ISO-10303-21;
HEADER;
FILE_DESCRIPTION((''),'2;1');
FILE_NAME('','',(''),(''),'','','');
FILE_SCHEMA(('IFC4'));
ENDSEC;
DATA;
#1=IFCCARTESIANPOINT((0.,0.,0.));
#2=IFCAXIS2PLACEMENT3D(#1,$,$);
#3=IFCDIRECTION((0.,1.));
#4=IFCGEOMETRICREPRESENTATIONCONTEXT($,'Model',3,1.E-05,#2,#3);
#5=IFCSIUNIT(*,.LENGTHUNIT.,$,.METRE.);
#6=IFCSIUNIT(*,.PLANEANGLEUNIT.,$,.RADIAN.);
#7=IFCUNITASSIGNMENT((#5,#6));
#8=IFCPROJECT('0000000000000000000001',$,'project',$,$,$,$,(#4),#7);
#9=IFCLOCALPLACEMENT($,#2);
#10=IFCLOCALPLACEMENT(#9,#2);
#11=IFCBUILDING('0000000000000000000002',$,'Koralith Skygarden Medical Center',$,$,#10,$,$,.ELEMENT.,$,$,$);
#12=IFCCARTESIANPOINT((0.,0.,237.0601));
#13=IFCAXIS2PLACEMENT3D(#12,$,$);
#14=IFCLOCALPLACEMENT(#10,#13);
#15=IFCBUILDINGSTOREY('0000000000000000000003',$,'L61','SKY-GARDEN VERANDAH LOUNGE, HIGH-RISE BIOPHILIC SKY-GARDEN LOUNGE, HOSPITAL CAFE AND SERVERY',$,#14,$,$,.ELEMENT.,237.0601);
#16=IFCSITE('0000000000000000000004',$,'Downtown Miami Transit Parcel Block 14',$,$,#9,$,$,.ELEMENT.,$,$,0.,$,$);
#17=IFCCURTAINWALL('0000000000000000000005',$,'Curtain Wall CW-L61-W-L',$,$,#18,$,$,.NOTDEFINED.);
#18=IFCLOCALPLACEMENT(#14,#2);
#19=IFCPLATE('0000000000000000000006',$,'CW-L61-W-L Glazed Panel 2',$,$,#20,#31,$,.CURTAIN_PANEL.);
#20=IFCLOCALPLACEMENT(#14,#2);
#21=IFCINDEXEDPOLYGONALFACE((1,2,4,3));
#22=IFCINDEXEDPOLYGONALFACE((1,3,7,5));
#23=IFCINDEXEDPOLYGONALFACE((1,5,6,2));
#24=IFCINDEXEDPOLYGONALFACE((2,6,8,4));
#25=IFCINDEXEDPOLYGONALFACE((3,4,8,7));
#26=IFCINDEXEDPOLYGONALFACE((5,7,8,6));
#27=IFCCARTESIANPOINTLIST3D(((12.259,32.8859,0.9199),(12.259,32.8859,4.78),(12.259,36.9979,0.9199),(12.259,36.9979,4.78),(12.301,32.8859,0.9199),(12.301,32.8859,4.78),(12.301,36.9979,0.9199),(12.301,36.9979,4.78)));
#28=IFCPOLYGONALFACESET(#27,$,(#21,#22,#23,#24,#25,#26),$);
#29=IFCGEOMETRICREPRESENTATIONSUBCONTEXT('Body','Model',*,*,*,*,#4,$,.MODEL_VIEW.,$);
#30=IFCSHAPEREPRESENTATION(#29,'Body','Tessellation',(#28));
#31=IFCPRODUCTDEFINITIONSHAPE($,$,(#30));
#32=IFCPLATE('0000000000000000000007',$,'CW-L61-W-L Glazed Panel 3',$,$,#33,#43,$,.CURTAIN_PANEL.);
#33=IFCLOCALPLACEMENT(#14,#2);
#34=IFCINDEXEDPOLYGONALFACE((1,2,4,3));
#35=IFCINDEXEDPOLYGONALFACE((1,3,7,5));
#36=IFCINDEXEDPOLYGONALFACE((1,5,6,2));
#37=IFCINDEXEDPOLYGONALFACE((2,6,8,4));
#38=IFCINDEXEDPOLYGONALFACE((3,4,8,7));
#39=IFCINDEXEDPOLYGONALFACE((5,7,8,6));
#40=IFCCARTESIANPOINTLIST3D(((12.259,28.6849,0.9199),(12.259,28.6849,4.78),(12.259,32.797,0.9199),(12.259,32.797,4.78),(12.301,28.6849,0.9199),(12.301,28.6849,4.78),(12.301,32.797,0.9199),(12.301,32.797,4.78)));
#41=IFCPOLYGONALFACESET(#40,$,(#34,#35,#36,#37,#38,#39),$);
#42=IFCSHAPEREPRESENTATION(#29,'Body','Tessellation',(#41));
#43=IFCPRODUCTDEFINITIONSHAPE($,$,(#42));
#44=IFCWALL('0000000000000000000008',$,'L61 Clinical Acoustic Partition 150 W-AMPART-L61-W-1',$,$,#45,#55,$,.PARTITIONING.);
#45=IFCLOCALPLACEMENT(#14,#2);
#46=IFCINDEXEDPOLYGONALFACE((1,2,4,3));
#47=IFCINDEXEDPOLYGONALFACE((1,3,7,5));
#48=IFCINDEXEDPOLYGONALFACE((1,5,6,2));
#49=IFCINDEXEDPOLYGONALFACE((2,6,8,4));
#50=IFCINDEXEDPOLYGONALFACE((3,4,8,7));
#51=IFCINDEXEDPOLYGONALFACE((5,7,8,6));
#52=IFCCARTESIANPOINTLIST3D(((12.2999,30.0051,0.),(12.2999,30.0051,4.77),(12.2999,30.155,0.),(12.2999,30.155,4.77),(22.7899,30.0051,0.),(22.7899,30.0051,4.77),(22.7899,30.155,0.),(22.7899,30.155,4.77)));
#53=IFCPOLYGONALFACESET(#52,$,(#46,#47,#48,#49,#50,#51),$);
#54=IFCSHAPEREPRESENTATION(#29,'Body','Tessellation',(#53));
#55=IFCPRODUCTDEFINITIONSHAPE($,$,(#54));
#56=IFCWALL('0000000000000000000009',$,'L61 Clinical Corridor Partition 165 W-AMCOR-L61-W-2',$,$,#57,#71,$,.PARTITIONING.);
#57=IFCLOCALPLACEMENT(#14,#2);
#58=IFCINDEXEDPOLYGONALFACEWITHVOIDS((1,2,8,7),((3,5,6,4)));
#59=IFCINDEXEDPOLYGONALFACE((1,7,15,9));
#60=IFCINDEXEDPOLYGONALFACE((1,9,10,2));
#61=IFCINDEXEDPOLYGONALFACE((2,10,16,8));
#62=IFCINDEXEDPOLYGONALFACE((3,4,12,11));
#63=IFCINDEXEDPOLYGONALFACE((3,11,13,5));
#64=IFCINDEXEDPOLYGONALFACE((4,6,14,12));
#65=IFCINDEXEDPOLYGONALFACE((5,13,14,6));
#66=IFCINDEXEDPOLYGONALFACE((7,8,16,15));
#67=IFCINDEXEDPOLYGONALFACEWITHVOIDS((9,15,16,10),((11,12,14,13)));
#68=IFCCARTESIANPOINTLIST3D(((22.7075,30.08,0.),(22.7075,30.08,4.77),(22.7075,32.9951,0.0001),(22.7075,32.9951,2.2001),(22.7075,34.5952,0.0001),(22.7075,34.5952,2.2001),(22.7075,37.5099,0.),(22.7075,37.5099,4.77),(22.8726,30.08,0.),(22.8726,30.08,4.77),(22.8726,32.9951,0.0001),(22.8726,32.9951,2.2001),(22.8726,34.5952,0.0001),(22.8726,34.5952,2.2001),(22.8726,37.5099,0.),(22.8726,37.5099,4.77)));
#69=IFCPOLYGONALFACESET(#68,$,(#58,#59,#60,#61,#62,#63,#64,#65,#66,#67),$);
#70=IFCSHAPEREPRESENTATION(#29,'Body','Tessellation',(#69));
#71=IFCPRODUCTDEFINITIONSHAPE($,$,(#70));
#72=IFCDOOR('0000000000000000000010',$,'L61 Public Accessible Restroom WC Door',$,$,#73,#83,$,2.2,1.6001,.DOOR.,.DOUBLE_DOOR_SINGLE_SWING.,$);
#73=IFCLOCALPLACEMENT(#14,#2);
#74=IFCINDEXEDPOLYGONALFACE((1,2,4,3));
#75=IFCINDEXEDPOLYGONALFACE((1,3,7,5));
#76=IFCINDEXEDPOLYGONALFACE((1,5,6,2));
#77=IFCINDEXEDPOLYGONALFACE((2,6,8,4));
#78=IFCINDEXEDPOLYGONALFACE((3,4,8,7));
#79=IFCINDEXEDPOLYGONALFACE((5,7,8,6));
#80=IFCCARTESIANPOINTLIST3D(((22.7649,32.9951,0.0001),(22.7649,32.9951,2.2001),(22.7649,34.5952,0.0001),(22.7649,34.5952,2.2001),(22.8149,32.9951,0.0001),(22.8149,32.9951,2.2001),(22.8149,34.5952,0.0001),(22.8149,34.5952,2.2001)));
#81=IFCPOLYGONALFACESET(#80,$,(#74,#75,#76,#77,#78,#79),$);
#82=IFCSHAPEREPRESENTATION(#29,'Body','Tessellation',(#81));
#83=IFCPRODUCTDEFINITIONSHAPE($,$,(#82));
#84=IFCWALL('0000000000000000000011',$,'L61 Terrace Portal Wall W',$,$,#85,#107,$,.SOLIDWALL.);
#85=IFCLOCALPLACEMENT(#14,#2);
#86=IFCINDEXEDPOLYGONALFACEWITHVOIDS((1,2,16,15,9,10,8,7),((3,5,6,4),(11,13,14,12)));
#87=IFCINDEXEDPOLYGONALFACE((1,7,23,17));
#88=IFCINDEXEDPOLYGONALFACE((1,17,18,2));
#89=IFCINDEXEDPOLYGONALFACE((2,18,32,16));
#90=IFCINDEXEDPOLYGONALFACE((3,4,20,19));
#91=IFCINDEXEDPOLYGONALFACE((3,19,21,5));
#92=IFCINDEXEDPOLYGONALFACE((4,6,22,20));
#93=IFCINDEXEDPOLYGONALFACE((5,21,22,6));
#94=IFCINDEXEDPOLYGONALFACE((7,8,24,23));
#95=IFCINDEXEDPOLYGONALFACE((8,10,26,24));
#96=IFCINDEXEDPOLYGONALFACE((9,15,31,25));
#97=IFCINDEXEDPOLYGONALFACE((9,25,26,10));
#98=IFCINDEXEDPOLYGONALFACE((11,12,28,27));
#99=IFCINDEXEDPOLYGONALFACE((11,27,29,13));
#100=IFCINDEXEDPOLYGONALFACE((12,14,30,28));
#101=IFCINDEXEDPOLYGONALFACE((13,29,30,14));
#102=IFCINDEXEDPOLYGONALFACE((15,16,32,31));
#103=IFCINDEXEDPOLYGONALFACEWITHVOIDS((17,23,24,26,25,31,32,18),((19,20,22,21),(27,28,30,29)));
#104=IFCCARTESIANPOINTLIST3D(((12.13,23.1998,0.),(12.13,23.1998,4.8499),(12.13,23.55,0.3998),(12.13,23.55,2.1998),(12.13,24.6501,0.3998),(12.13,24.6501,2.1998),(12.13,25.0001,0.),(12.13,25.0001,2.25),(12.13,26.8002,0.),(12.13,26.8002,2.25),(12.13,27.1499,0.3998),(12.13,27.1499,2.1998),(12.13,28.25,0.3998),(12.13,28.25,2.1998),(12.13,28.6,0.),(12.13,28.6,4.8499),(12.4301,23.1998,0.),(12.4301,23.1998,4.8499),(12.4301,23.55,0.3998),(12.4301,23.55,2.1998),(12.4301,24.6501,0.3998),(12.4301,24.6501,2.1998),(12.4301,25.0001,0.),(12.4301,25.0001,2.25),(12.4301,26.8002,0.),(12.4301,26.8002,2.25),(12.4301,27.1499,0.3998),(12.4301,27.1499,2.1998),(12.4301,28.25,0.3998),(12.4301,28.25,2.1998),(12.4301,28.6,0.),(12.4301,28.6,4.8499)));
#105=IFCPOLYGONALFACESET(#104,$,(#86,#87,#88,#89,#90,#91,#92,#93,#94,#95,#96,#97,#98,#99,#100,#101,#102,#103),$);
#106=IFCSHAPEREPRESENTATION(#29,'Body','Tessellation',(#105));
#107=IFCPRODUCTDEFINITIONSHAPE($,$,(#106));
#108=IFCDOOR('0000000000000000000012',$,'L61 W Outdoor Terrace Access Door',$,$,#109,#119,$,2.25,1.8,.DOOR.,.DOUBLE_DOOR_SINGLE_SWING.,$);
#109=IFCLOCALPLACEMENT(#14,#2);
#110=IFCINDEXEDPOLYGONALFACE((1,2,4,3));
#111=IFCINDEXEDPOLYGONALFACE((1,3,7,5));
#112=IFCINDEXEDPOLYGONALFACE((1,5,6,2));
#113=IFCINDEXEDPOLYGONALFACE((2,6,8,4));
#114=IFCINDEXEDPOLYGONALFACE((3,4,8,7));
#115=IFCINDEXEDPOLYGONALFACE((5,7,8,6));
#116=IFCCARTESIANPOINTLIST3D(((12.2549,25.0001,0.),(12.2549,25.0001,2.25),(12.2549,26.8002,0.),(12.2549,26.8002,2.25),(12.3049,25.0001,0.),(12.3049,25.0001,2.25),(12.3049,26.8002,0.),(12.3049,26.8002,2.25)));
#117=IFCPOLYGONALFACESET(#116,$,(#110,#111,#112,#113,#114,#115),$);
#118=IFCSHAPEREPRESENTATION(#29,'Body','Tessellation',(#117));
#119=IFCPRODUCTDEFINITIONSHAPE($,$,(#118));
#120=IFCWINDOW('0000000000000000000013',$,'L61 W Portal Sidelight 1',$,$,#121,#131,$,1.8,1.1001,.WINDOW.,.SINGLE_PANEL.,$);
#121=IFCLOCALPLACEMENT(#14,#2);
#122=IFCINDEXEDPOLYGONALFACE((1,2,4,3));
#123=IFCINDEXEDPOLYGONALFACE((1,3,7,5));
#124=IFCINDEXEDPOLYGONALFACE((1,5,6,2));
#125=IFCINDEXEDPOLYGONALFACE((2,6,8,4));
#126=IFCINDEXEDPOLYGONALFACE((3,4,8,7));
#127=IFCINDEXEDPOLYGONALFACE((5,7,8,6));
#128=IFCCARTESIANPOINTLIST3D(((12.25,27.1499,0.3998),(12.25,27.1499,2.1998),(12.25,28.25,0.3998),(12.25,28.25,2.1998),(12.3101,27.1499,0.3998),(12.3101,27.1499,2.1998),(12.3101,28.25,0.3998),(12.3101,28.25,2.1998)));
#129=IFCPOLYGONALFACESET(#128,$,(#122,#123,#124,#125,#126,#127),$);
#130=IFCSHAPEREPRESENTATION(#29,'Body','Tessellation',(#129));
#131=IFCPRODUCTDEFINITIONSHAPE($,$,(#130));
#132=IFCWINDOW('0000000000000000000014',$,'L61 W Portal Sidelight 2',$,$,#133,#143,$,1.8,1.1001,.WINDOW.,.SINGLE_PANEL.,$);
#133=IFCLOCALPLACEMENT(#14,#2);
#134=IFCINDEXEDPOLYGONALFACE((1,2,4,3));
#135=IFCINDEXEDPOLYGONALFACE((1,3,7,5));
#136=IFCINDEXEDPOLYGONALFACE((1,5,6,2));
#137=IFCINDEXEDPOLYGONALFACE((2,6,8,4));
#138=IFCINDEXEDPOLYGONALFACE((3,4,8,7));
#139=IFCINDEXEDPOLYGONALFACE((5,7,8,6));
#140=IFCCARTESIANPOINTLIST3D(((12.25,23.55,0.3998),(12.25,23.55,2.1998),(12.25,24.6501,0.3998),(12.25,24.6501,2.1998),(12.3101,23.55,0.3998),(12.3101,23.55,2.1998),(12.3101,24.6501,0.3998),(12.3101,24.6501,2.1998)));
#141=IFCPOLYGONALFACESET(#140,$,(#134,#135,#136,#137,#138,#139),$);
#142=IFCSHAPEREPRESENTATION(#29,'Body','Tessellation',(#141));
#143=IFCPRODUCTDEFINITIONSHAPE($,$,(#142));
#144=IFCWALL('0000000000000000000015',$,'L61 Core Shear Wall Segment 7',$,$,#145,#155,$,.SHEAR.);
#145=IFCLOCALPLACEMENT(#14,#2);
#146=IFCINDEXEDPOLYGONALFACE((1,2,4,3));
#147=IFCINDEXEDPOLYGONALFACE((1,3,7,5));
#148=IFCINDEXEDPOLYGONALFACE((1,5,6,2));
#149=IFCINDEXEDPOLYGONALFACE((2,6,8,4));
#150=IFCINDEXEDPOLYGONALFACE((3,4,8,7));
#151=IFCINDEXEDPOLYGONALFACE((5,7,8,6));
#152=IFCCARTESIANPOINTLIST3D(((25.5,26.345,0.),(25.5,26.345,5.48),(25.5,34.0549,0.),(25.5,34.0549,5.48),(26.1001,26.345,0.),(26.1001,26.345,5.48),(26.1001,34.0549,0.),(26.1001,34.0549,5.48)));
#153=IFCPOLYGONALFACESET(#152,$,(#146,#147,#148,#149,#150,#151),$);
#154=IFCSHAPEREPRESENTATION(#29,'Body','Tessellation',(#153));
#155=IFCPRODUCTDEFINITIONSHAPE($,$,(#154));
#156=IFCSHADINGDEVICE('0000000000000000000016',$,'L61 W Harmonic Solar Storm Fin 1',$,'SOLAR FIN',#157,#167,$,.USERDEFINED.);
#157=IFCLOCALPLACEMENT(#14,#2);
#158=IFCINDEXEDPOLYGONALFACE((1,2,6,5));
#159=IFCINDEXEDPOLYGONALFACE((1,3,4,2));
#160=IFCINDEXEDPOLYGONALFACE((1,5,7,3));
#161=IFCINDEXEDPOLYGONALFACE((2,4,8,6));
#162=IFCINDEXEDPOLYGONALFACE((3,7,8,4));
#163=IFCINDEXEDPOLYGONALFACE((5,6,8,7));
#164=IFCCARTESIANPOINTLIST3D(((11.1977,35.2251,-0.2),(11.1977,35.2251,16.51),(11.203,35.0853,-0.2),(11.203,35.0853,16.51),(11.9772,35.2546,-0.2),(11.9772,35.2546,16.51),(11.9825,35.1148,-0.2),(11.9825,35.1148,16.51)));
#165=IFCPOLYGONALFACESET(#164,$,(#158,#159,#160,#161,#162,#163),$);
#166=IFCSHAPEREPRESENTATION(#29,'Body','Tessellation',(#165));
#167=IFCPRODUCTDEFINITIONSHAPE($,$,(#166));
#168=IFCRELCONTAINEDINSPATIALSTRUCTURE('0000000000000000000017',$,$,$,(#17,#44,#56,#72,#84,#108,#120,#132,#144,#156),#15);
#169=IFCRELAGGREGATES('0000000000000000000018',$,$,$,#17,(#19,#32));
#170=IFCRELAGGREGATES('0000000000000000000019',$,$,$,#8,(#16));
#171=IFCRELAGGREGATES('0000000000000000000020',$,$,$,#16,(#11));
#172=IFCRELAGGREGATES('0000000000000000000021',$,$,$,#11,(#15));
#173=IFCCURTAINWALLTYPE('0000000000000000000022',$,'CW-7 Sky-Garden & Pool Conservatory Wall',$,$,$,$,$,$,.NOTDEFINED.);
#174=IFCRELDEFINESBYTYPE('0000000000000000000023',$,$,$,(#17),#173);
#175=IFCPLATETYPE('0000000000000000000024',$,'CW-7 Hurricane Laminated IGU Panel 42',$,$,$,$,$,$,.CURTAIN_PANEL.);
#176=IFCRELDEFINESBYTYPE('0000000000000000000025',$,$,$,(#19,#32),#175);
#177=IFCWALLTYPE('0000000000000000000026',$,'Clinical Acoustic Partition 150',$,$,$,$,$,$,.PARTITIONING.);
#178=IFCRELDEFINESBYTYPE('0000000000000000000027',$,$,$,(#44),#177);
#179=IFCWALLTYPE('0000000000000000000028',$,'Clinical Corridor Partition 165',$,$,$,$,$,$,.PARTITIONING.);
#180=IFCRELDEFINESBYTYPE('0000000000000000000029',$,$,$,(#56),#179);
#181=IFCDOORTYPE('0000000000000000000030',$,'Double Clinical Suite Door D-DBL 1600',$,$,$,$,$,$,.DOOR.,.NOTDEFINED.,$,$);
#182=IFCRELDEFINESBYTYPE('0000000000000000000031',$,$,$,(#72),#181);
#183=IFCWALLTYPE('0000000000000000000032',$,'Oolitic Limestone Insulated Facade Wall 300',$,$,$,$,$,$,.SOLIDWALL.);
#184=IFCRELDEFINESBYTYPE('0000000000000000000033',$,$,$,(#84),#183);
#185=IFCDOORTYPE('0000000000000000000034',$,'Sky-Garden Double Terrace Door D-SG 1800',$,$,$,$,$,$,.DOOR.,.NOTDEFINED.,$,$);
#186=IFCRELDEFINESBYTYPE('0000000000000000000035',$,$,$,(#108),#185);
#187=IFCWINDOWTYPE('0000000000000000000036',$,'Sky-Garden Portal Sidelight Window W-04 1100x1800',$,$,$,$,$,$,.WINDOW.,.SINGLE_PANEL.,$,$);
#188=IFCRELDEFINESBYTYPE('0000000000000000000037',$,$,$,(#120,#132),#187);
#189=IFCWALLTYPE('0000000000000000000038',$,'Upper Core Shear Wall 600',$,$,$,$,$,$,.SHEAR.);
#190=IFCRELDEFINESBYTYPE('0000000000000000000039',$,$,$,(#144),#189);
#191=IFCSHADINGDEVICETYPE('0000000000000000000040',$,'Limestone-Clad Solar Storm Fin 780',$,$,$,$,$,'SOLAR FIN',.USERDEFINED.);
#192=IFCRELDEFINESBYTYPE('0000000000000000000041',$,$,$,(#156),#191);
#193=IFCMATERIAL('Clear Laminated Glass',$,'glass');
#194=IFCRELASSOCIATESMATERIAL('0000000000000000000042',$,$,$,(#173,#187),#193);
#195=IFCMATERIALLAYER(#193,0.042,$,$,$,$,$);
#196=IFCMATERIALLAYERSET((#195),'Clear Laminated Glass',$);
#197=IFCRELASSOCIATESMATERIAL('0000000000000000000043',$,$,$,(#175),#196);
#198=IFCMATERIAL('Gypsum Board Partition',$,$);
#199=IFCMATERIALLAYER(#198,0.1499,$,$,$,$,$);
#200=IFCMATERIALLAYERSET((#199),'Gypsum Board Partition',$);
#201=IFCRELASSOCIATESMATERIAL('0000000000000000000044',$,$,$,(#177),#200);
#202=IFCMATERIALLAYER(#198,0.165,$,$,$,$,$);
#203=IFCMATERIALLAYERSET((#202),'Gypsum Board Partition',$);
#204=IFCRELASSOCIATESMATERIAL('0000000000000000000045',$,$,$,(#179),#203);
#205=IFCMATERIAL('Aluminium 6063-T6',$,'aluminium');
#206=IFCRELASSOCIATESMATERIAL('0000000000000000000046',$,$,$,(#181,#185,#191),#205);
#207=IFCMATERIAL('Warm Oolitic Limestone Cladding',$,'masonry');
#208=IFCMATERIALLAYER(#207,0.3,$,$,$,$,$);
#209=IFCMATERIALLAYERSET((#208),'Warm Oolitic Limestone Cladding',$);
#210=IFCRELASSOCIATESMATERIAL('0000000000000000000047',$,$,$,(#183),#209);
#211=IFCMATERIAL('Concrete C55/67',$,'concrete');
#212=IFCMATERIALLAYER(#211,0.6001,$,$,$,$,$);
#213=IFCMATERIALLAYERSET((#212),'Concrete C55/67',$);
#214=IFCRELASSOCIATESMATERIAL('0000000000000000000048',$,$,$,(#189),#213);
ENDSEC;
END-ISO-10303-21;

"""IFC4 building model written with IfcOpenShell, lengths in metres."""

from ifc_helpers import new_model, si_unit, direction, frame, frame_2d, origin, origin_2d, place, context, subcontext, project, spatial, rectangle, extrude, material, layer, layer_set, type_object, element, fill, aggregate, save


model = new_model("IFC4")

# Units and contexts
model_context = context("Model", 3, precision=1e-05, world=origin(), true_north=direction((0.0, 1.0)))
body_context = subcontext(model_context, "Body", "Model", "MODEL_VIEW")
ifc_project = project(units=[si_unit("LENGTHUNIT", "METRE"), si_unit("PLANEANGLEUNIT", "RADIAN")], contexts=[model_context])

# Site, building, storey
site_placement = place(None, origin())
site = spatial("IfcSite", under=ifc_project, at=site_placement, Name="Downtown Miami Transit Parcel Block 14", CompositionType="ELEMENT", RefElevation=0.0)
building_placement = place(site_placement, origin())
building = spatial("IfcBuilding", under=site, at=building_placement, Name="Koralith Skygarden Medical Center", CompositionType="ELEMENT")
storey_placement = place(building_placement, frame((0.0, 0.0, 237.0601)))
storey = spatial("IfcBuildingStorey", under=building, at=storey_placement, Name="L61", Description="SKY-GARDEN VERANDAH LOUNGE, HIGH-RISE BIOPHILIC SKY-GARDEN LOUNGE, HOSPITAL CAFE AND SERVERY", CompositionType="ELEMENT", Elevation=237.0601)

# Shared definitions
ifc_material_1 = material(Name="Concrete C55/67", Category="concrete")

# Curtain wall
ifc_material_2 = material(Name="Clear Laminated Glass", Category="glass")
curtain_wall_type = type_object("IfcCurtainWallType", Name="CW-7 Sky-Garden & Pool Conservatory Wall", PredefinedType="NOTDEFINED", material=ifc_material_2)
curtain_wall_placement = place(storey_placement, origin())
curtain_wall = element("IfcCurtainWall", 1, at=curtain_wall_placement, inside=storey, type_object=curtain_wall_type, Name="Curtain Wall CW-L61-W-L", PredefinedType="NOTDEFINED")
ifc_material_3 = material(Name="Aluminium 6063-T6", Category="aluminium")

# Plates
ifc_layer_1 = layer(ifc_material_2, 0.042)
ifc_layer_set_1 = layer_set([ifc_layer_1], Name="Clear Laminated Glass")
plate_type = type_object("IfcPlateType", Name="CW-7 Hurricane Laminated IGU Panel 42", PredefinedType="CURTAIN_PANEL", material=ifc_layer_set_1)
plate_1_placement = place(storey_placement, frame((12.28, 34.9419, 0.9199), z_axis=(0.0, 0.0, 1.0), x_axis=(0.0, -1.0, 0.0)))
plate_1 = element("IfcPlate", 2, at=plate_1_placement, type_object=plate_type, Name="CW-L61-W-L Glazed Panel 2", PredefinedType="CURTAIN_PANEL", context=body_context, shape_type="SweptSolid", body=[
    extrude(rectangle(XDim=4.1121, YDim=0.042, at=origin_2d()), origin(), (0.0, 0.0, 1.0), 3.8601),
])
plate_2_placement = place(storey_placement, frame((12.28, 30.741, 0.9199), z_axis=(0.0, 0.0, 1.0), x_axis=(0.0, -1.0, 0.0)))
plate_2 = element("IfcPlate", 3, at=plate_2_placement, type_object=plate_type, Name="CW-L61-W-L Glazed Panel 3", PredefinedType="CURTAIN_PANEL", context=body_context, shape_type="SweptSolid", body=[
    extrude(rectangle(XDim=4.1121, YDim=0.042, at=origin_2d()), origin(), (0.0, 0.0, 1.0), 3.8601),
])
aggregate(curtain_wall, [plate_1, plate_2])

# Wall
ifc_material_4 = material(Name="Gypsum Board Partition")
ifc_layer_2 = layer(ifc_material_4, 0.1499)
ifc_layer_set_2 = layer_set([ifc_layer_2], Name="Gypsum Board Partition")
wall_type_1 = type_object("IfcWallType", Name="Clinical Acoustic Partition 150", PredefinedType="PARTITIONING", material=ifc_layer_set_2)
wall_1_placement = place(storey_placement, frame((22.79, 30.0801, 0.0), z_axis=(0.0, 0.0, 1.0), x_axis=(-1.0, 0.0, 0.0)))
element("IfcWall", 4, at=wall_1_placement, inside=storey, type_object=wall_type_1, Name="L61 Clinical Acoustic Partition 150 W-AMPART-L61-W-1", PredefinedType="PARTITIONING", context=body_context, shape_type="SweptSolid", body=[
    extrude(rectangle(XDim=10.49, YDim=0.1499, at=frame_2d((5.2451, 0.0))), origin(), (0.0, 0.0, 1.0), 4.77),
])

# Wall, opening, door
ifc_layer_3 = layer(ifc_material_4, 0.165)
ifc_layer_set_3 = layer_set([ifc_layer_3], Name="Gypsum Board Partition")
wall_type_2 = type_object("IfcWallType", Name="Clinical Corridor Partition 165", PredefinedType="PARTITIONING", material=ifc_layer_set_3)
wall_2_placement = place(storey_placement, frame((22.79, 30.0801, 0.0), z_axis=(0.0, 0.0, 1.0), x_axis=(0.0, 1.0, 0.0)))
wall_2 = element("IfcWall", 5, at=wall_2_placement, inside=storey, type_object=wall_type_2, Name="L61 Clinical Corridor Partition 165 W-AMCOR-L61-W-2", PredefinedType="PARTITIONING", context=body_context, shape_type="SweptSolid", body=[
    extrude(rectangle(XDim=7.4299, YDim=0.165, at=frame_2d((3.7148, 0.0))), origin(), (0.0, 0.0, 1.0), 4.77),
])
opening_1_placement = place(wall_2_placement, frame((2.915, 0.0, 0.0)))
opening_1 = element("IfcOpeningElement", 6, at=opening_1_placement, cuts=wall_2, PredefinedType="OPENING", context=body_context, shape_type="SweptSolid", body=[
    extrude(rectangle(XDim=1.6001, YDim=2.2, at=frame_2d((0.8, 1.1001))), frame((0.0, 0.0925, 0.0), z_axis=(0.0, -1.0, 0.0), x_axis=(1.0, 0.0, 0.0)), (0.0, 0.0, 1.0), 0.1851),
])
door_type_1 = type_object("IfcDoorType", Name="Double Clinical Suite Door D-DBL 1600", OperationType="NOTDEFINED", PredefinedType="DOOR", material=ifc_material_3)
door_1_placement = place(opening_1_placement, frame((1.6001, 0.0, 0.0), z_axis=(0.0, 0.0, 1.0), x_axis=(-1.0, 0.0, 0.0)))
door_1 = element("IfcDoor", 7, at=door_1_placement, inside=storey, type_object=door_type_1, Name="L61 Public Accessible Restroom WC Door", OperationType="DOUBLE_DOOR_SINGLE_SWING", OverallHeight=2.2, OverallWidth=1.6001, PredefinedType="DOOR", context=body_context, shape_type="SweptSolid", body=[
    extrude(rectangle(XDim=1.6001, YDim=2.2, at=frame_2d((0.8, 1.1001))), frame((0.0, 0.0249, 0.0), z_axis=(0.0, -1.0, 0.0), x_axis=(1.0, 0.0, 0.0)), (0.0, 0.0, 1.0), 0.05),
])
fill(opening_1, door_1)

# Wall, openings, door, windows
ifc_material_5 = material(Name="Warm Oolitic Limestone Cladding", Category="masonry")
ifc_layer_4 = layer(ifc_material_5, 0.3)
ifc_layer_set_4 = layer_set([ifc_layer_4], Name="Warm Oolitic Limestone Cladding")
wall_type_3 = type_object("IfcWallType", Name="Oolitic Limestone Insulated Facade Wall 300", PredefinedType="SOLIDWALL", material=ifc_layer_set_4)
wall_3_placement = place(storey_placement, frame((12.28, 28.6001, 0.0), z_axis=(0.0, 0.0, 1.0), x_axis=(0.0, -1.0, 0.0)))
wall_3 = element("IfcWall", 8, at=wall_3_placement, inside=storey, type_object=wall_type_3, Name="L61 Terrace Portal Wall W", PredefinedType="SOLIDWALL", context=body_context, shape_type="SweptSolid", body=[
    extrude(rectangle(XDim=5.4001, YDim=0.3, at=frame_2d((2.7002, 0.0))), origin(), (0.0, 0.0, 1.0), 4.8499),
])
opening_2_placement = place(wall_3_placement, frame((1.8, 0.0, 0.0)))
opening_2 = element("IfcOpeningElement", 9, at=opening_2_placement, cuts=wall_3, PredefinedType="OPENING", context=body_context, shape_type="SweptSolid", body=[
    extrude(rectangle(XDim=1.8, YDim=2.25, at=frame_2d((0.8999, 1.125))), frame((0.0, 0.1599, 0.0), z_axis=(0.0, -1.0, 0.0), x_axis=(1.0, 0.0, 0.0)), (0.0, 0.0, 1.0), 0.3201),
])
opening_3_placement = place(wall_3_placement, frame((0.3501, 0.0, 0.3999)))
opening_3 = element("IfcOpeningElement", 10, at=opening_3_placement, cuts=wall_3, PredefinedType="OPENING", context=body_context, shape_type="SweptSolid", body=[
    extrude(rectangle(XDim=1.1001, YDim=1.8, at=frame_2d((0.55, 0.8999))), frame((0.0, 0.1599, 0.0), z_axis=(0.0, -1.0, 0.0), x_axis=(1.0, 0.0, 0.0)), (0.0, 0.0, 1.0), 0.3201),
])
opening_4_placement = place(wall_3_placement, frame((3.95, 0.0, 0.3999)))
opening_4 = element("IfcOpeningElement", 11, at=opening_4_placement, cuts=wall_3, PredefinedType="OPENING", context=body_context, shape_type="SweptSolid", body=[
    extrude(rectangle(XDim=1.1001, YDim=1.8, at=frame_2d((0.55, 0.8999))), frame((0.0, 0.1599, 0.0), z_axis=(0.0, -1.0, 0.0), x_axis=(1.0, 0.0, 0.0)), (0.0, 0.0, 1.0), 0.3201),
])
door_type_2 = type_object("IfcDoorType", Name="Sky-Garden Double Terrace Door D-SG 1800", OperationType="NOTDEFINED", PredefinedType="DOOR", material=ifc_material_3)
door_2_placement = place(opening_2_placement, origin())
door_2 = element("IfcDoor", 12, at=door_2_placement, inside=storey, type_object=door_type_2, Name="L61 W Outdoor Terrace Access Door", OperationType="DOUBLE_DOOR_SINGLE_SWING", OverallHeight=2.25, OverallWidth=1.8, PredefinedType="DOOR", context=body_context, shape_type="SweptSolid", body=[
    extrude(rectangle(XDim=1.8, YDim=2.25, at=frame_2d((0.8999, 1.125))), frame((0.0, 0.0249, 0.0), z_axis=(0.0, -1.0, 0.0), x_axis=(1.0, 0.0, 0.0)), (0.0, 0.0, 1.0), 0.05),
])
fill(opening_2, door_2)
window_type = type_object("IfcWindowType", Name="Sky-Garden Portal Sidelight Window W-04 1100x1800", PartitioningType="SINGLE_PANEL", PredefinedType="WINDOW", material=ifc_material_2)
window_1_placement = place(opening_3_placement, origin())
window_1 = element("IfcWindow", 13, at=window_1_placement, inside=storey, type_object=window_type, Name="L61 W Portal Sidelight 1", OverallHeight=1.8, OverallWidth=1.1001, PartitioningType="SINGLE_PANEL", PredefinedType="WINDOW", context=body_context, shape_type="SweptSolid", body=[
    extrude(rectangle(XDim=1.1001, YDim=1.8, at=frame_2d((0.55, 0.8999))), frame((0.0, 0.03, 0.0), z_axis=(0.0, -1.0, 0.0), x_axis=(1.0, 0.0, 0.0)), (0.0, 0.0, 1.0), 0.0601),
])
fill(opening_3, window_1)
window_2_placement = place(opening_4_placement, origin())
window_2 = element("IfcWindow", 14, at=window_2_placement, inside=storey, type_object=window_type, Name="L61 W Portal Sidelight 2", OverallHeight=1.8, OverallWidth=1.1001, PartitioningType="SINGLE_PANEL", PredefinedType="WINDOW", context=body_context, shape_type="SweptSolid", body=[
    extrude(rectangle(XDim=1.1001, YDim=1.8, at=frame_2d((0.55, 0.8999))), frame((0.0, 0.03, 0.0), z_axis=(0.0, -1.0, 0.0), x_axis=(1.0, 0.0, 0.0)), (0.0, 0.0, 1.0), 0.0601),
])
fill(opening_4, window_2)

# Wall
ifc_layer_5 = layer(ifc_material_1, 0.6001)
ifc_layer_set_5 = layer_set([ifc_layer_5], Name="Concrete C55/67")
wall_type_4 = type_object("IfcWallType", Name="Upper Core Shear Wall 600", PredefinedType="SHEAR", material=ifc_layer_set_5)
wall_4_placement = place(storey_placement, frame((25.8, 34.0549, 0.0), z_axis=(0.0, 0.0, 1.0), x_axis=(0.0, -1.0, 0.0)))
element("IfcWall", 15, at=wall_4_placement, inside=storey, type_object=wall_type_4, Name="L61 Core Shear Wall Segment 7", PredefinedType="SHEAR", context=body_context, shape_type="SweptSolid", body=[
    extrude(rectangle(XDim=7.71, YDim=0.6001, at=frame_2d((3.855, 0.0))), origin(), (0.0, 0.0, 1.0), 5.48),
])

# Shading device
shading_device_type_1 = type_object("IfcShadingDeviceType", Name="Limestone-Clad Solar Storm Fin 780", ElementType="SOLAR FIN", PredefinedType="USERDEFINED", material=ifc_material_3)
shading_device_1_placement = place(storey_placement, frame((11.5901, 35.1699, -0.2), z_axis=(0.0, 0.0, 1.0), x_axis=(-0.999284, -0.03783, 0.0)))
element("IfcShadingDevice", 16, at=shading_device_1_placement, inside=storey, type_object=shading_device_type_1, Name="L61 W Harmonic Solar Storm Fin 1", ObjectType="SOLAR FIN", PredefinedType="USERDEFINED", context=body_context, shape_type="SweptSolid", body=[
    extrude(rectangle(XDim=0.78, YDim=0.1399, at=origin_2d()), origin(), (0.0, 0.0, 1.0), 16.71),
])

save(model, "model.ifc")
